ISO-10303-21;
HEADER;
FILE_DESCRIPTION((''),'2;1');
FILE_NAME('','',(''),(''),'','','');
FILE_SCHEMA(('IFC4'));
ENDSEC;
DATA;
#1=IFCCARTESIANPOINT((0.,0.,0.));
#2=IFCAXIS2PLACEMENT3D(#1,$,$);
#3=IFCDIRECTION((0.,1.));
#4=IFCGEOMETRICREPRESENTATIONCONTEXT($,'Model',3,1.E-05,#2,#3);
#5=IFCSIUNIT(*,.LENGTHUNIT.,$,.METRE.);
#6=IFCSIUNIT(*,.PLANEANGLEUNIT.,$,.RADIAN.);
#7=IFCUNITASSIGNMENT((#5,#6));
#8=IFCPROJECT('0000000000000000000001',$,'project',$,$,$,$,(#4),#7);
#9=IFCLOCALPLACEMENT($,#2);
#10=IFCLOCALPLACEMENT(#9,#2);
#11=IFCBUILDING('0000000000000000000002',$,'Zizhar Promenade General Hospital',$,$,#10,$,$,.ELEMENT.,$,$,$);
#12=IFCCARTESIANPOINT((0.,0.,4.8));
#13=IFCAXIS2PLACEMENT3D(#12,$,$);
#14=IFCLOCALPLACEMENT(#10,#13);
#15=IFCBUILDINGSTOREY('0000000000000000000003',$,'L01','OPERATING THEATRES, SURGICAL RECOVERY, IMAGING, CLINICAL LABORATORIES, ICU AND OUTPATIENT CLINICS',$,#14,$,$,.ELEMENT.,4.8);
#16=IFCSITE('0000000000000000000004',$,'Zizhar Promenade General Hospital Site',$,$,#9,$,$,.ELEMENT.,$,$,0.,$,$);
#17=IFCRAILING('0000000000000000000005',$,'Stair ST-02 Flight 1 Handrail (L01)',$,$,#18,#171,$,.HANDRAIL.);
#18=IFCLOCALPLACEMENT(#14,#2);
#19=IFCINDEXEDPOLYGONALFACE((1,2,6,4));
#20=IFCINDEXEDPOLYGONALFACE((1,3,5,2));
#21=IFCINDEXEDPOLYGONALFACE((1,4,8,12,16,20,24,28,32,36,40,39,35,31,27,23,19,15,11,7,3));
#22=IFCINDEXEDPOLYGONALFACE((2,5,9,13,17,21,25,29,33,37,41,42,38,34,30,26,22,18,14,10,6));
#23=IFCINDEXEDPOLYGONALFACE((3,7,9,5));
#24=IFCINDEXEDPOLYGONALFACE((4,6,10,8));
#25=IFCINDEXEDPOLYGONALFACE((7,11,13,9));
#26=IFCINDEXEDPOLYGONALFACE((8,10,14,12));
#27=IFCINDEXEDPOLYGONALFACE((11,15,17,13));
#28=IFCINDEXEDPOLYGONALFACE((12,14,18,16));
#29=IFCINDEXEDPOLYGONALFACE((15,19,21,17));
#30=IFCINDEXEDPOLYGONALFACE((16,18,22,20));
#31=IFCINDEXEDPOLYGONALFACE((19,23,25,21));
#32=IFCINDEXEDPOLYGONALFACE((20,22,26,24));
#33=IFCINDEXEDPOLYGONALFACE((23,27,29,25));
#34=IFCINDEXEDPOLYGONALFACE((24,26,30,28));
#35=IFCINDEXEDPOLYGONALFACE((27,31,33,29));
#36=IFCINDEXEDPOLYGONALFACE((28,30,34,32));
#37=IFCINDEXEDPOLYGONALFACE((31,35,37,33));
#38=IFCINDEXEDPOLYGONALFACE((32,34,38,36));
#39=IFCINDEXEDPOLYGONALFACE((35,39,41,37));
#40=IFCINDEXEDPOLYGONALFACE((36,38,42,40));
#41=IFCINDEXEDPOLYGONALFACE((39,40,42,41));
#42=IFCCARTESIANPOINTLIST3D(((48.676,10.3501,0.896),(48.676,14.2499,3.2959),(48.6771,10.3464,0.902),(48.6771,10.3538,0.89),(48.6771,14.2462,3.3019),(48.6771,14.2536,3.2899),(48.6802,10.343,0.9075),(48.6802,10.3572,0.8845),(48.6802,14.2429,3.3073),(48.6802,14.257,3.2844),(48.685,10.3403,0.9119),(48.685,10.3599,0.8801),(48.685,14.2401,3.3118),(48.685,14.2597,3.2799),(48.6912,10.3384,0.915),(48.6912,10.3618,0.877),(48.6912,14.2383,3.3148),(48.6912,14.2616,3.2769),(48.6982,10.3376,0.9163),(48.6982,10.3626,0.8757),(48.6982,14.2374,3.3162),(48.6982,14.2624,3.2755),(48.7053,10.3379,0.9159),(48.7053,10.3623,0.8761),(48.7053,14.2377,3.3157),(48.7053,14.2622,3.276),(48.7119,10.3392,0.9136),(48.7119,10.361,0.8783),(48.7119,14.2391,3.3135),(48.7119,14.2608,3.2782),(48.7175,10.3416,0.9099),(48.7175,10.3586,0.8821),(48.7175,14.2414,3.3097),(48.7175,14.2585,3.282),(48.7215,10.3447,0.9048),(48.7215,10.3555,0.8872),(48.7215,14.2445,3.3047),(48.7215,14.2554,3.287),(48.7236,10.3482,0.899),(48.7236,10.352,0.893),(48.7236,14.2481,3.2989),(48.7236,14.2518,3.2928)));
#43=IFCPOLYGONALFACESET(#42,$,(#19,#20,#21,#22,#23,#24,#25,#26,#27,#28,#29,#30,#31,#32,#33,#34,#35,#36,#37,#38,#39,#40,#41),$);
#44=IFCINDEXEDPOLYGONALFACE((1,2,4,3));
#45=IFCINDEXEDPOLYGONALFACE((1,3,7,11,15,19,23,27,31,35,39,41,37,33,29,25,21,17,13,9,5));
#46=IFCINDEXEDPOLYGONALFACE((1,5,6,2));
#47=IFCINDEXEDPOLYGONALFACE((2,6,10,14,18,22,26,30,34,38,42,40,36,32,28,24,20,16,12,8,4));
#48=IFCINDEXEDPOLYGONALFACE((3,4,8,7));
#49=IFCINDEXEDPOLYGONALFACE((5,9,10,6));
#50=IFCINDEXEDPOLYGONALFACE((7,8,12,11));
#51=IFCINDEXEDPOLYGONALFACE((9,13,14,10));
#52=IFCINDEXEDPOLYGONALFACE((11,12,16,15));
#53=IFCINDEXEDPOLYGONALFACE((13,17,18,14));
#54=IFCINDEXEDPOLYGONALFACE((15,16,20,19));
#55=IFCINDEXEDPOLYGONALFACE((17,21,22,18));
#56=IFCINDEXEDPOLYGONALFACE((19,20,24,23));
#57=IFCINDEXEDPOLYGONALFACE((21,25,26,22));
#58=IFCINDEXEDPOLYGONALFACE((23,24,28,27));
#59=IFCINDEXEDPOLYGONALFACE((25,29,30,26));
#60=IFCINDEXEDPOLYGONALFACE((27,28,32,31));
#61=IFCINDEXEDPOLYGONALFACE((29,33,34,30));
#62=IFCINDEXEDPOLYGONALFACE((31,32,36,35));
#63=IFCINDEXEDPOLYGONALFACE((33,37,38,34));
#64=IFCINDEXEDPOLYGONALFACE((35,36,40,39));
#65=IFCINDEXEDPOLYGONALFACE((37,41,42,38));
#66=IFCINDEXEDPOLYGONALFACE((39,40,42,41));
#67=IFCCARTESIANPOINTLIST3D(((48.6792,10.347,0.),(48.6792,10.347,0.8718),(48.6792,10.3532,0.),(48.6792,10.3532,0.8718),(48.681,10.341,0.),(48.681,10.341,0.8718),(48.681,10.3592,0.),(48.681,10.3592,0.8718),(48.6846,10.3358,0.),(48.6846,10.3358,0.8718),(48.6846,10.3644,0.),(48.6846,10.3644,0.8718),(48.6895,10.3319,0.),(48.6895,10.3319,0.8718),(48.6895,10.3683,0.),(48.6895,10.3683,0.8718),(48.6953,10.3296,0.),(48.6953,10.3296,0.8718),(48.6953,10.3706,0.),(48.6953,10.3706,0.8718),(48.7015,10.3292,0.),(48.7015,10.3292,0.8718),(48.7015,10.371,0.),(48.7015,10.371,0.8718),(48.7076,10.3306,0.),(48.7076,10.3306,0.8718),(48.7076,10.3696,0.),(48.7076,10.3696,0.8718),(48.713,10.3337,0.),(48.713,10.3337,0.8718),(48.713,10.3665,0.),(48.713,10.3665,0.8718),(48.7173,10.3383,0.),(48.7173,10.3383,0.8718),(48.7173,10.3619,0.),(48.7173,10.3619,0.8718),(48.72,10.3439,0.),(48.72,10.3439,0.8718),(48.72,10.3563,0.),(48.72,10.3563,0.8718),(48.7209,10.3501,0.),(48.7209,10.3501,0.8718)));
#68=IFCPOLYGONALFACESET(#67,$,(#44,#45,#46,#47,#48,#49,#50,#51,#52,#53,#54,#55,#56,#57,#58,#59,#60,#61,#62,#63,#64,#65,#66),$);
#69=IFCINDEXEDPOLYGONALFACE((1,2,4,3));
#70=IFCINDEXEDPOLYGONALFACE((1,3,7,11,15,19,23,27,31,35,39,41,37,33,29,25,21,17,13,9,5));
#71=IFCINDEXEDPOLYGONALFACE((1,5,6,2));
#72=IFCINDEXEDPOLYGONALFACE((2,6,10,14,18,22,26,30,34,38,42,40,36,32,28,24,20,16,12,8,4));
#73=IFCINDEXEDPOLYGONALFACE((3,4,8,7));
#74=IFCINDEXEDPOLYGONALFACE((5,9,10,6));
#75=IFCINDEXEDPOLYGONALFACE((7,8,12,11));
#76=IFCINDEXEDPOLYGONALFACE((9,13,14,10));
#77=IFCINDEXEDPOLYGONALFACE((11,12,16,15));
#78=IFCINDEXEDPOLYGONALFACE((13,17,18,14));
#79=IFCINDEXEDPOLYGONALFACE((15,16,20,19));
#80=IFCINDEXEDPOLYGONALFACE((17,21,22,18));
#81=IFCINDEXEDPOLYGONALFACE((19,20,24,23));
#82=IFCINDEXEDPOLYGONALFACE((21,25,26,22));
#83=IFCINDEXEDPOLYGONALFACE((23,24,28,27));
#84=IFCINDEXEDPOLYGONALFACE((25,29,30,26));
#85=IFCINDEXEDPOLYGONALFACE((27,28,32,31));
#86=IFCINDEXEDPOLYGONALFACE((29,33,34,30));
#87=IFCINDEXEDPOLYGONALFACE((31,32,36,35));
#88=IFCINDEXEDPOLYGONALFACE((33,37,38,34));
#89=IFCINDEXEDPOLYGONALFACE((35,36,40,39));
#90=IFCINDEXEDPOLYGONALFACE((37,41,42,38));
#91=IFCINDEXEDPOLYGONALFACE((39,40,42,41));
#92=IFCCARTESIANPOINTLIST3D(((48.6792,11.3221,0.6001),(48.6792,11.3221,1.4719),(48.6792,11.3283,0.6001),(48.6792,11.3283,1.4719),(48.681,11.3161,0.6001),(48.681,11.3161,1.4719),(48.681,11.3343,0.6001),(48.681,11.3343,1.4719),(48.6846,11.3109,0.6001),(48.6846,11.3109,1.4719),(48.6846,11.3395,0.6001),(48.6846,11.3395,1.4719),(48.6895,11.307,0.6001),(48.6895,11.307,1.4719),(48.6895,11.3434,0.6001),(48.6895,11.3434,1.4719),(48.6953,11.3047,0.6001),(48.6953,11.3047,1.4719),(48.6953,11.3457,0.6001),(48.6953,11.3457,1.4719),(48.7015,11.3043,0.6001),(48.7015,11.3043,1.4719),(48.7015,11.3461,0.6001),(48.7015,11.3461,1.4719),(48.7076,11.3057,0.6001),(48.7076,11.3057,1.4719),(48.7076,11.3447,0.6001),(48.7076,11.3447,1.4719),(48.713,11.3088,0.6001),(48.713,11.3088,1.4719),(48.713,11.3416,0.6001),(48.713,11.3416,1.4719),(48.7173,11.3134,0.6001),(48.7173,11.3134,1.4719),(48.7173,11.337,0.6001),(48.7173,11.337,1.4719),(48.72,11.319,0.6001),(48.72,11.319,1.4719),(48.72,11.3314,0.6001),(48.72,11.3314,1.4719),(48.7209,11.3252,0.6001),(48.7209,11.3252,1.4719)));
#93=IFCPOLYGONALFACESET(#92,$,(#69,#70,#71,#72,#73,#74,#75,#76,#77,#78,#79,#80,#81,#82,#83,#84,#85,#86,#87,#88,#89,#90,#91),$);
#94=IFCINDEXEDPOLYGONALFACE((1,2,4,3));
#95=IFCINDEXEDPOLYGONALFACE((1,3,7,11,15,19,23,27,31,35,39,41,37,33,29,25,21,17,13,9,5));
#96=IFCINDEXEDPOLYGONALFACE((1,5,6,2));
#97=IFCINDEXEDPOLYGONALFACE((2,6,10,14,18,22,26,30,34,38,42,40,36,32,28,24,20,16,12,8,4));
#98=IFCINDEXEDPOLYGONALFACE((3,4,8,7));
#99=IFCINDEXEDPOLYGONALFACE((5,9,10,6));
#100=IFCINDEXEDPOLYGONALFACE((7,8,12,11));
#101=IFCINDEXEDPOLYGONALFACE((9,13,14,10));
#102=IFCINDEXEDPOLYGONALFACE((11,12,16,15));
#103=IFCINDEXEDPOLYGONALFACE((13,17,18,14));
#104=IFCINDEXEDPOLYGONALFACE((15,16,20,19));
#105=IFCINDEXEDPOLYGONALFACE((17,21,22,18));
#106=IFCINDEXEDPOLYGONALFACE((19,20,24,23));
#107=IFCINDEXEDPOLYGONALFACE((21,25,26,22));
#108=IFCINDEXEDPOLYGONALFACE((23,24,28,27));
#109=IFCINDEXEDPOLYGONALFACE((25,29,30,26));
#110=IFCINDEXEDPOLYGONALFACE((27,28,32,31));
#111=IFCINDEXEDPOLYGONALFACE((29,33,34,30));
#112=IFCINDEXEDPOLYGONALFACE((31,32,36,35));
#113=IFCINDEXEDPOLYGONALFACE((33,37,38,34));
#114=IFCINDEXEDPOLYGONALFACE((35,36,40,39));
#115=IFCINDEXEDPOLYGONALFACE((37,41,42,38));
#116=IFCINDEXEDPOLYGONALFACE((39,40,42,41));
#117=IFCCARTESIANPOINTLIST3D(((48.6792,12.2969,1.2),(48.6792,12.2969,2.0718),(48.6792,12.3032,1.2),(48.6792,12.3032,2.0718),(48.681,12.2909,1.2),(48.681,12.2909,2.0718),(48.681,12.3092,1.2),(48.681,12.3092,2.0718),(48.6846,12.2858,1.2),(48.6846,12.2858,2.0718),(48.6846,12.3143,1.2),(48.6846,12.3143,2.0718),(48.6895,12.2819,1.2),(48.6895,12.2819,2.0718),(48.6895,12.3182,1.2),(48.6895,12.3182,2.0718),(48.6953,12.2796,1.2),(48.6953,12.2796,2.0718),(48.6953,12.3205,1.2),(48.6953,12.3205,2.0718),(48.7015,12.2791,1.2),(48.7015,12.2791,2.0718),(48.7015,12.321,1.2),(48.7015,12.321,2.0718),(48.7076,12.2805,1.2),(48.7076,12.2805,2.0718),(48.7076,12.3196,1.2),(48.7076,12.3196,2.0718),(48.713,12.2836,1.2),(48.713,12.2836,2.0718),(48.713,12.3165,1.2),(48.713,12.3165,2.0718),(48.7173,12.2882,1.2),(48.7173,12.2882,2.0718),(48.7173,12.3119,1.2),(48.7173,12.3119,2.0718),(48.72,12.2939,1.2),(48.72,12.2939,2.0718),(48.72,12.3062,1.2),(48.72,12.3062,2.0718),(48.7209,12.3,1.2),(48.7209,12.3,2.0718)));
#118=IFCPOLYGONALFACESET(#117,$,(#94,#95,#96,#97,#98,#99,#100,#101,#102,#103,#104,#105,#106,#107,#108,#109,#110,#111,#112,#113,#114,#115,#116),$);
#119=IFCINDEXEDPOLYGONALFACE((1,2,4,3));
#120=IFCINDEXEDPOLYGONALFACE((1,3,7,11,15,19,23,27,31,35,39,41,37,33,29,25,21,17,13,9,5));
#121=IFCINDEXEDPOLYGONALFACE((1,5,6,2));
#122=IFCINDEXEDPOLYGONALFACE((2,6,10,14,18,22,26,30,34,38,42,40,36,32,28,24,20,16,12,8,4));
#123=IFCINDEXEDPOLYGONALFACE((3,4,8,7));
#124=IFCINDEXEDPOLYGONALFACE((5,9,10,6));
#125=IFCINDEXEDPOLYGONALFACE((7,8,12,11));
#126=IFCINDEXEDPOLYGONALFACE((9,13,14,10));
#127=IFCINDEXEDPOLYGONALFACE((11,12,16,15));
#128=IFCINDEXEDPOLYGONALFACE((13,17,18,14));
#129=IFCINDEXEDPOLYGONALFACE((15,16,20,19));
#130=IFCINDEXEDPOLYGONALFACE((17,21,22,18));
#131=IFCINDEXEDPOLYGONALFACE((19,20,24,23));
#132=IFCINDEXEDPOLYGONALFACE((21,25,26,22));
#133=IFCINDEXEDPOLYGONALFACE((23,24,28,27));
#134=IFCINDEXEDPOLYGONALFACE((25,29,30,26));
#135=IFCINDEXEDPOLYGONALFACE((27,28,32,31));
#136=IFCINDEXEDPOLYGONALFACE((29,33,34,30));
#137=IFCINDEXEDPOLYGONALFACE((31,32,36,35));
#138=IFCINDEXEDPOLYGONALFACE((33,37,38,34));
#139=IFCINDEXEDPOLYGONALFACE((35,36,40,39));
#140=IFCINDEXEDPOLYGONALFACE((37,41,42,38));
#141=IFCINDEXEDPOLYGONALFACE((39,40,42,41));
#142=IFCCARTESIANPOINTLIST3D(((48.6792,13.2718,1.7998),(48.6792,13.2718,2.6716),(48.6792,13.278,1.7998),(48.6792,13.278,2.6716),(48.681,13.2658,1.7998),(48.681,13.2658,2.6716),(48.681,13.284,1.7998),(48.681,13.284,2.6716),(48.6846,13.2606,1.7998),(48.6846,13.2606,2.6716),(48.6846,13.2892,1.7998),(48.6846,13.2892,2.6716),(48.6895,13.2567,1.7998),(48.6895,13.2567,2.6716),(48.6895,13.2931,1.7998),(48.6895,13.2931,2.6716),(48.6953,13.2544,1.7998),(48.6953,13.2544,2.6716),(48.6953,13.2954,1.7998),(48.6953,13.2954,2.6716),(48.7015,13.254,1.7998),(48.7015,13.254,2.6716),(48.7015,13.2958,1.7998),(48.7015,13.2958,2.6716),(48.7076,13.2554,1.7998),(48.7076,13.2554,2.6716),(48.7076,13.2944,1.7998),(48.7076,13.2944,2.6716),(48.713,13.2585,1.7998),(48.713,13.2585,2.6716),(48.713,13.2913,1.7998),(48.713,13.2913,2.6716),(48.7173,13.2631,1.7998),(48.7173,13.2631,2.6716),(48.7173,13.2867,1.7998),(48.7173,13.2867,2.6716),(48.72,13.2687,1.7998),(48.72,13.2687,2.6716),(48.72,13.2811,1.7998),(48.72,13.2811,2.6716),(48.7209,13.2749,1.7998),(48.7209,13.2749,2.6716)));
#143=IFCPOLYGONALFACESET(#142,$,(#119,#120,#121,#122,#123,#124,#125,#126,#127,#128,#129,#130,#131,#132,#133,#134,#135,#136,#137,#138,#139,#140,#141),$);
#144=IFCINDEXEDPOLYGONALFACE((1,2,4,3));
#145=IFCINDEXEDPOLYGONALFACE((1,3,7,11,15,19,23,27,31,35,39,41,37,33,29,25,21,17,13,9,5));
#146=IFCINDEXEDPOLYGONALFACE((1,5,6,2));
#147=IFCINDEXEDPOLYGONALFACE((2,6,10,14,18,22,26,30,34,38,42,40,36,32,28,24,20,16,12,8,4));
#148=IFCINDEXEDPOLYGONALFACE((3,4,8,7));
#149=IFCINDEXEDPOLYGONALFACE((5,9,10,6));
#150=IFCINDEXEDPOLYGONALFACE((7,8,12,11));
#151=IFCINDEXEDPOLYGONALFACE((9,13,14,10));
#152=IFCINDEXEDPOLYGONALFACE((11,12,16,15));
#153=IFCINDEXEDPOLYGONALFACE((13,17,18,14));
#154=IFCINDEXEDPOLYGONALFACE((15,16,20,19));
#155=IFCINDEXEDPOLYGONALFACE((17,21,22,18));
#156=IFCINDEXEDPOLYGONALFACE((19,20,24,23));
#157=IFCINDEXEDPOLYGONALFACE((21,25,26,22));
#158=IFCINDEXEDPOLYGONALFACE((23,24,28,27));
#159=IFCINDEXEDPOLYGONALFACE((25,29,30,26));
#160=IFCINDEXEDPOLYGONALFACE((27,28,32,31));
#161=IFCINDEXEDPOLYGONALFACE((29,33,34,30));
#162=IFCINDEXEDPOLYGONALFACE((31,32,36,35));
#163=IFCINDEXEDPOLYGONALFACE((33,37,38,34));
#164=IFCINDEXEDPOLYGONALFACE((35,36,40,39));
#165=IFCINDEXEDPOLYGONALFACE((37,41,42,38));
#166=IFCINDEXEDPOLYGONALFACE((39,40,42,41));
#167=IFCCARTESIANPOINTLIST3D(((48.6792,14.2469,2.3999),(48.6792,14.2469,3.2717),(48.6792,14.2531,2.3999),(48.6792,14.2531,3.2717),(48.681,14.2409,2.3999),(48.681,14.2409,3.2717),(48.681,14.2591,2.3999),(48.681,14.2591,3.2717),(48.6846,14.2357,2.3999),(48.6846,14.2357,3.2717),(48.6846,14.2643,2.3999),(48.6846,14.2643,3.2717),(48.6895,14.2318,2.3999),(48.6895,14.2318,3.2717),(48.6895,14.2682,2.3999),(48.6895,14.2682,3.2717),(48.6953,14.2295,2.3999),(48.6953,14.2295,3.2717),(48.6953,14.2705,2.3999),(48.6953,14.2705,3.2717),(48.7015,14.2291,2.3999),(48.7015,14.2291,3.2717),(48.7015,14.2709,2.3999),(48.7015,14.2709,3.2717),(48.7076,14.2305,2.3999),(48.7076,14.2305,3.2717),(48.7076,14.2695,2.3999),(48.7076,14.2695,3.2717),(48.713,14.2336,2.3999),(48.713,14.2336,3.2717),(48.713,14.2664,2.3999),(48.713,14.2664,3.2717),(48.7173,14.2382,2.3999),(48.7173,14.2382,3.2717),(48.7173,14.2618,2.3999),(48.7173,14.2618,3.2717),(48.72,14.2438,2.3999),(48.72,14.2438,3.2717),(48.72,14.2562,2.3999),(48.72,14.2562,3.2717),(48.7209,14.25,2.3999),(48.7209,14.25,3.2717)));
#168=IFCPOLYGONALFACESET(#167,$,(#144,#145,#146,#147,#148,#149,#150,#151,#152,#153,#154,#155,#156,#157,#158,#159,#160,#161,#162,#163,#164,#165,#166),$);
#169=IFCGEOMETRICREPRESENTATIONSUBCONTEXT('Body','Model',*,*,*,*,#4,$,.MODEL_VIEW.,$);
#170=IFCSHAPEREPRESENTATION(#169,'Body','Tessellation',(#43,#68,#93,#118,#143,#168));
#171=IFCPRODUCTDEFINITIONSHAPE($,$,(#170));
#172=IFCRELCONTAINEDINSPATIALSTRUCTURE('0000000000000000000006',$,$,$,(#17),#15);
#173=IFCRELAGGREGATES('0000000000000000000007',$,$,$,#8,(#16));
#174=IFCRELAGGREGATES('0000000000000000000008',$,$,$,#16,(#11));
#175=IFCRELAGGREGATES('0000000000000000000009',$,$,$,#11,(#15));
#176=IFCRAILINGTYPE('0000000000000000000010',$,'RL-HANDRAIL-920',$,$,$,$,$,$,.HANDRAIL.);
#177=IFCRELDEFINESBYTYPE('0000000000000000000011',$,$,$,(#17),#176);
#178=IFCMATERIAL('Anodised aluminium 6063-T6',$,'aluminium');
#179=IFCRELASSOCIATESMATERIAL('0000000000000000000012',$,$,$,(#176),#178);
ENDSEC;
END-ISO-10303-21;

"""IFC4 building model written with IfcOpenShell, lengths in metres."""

from ifc_helpers import new_model, si_unit, direction, frame, origin, origin_2d, place, context, subcontext, project, spatial, circle, hollow_circle, extrude, material, material_profile, profile_set, type_object, element, save


model = new_model("IFC4")

# Units and contexts
model_context = context("Model", 3, precision=1e-05, world=origin(), true_north=direction((0.0, 1.0)))
body_context = subcontext(model_context, "Body", "Model", "MODEL_VIEW")
ifc_project = project(units=[si_unit("LENGTHUNIT", "METRE"), si_unit("PLANEANGLEUNIT", "RADIAN")], contexts=[model_context])

# Site, building, storey
site_placement = place(None, origin())
site = spatial("IfcSite", under=ifc_project, at=site_placement, Name="Zizhar Promenade General Hospital Site", CompositionType="ELEMENT", RefElevation=0.0)
building_placement = place(site_placement, origin())
building = spatial("IfcBuilding", under=site, at=building_placement, Name="Zizhar Promenade General Hospital", CompositionType="ELEMENT")
storey_placement = place(building_placement, frame((0.0, 0.0, 4.8)))
storey = spatial("IfcBuildingStorey", under=building, at=storey_placement, Name="L01", Description="OPERATING THEATRES, SURGICAL RECOVERY, IMAGING, CLINICAL LABORATORIES, ICU AND OUTPATIENT CLINICS", CompositionType="ELEMENT", Elevation=4.8)

# Railing
ifc_material_1 = material(Name="Anodised aluminium 6063-T6", Category="aluminium")
ifc_material_profile_1 = material_profile(ifc_material_1, hollow_circle(Radius=0.0698, WallThickness=0.0063, at=origin_2d()))
ifc_profile_set_1 = profile_set([ifc_material_profile_1], Name="Anodised aluminium 6063-T6")
railing_type_1 = type_object("IfcRailingType", Name="RL-HANDRAIL-920", PredefinedType="HANDRAIL", material=ifc_profile_set_1)
railing_1_placement = place(storey_placement, frame((48.7, 10.3501, 0.0)))
element("IfcRailing", 1, at=railing_1_placement, inside=storey, type_object=railing_type_1, Name="Stair ST-02 Flight 1 Handrail (L01)", PredefinedType="HANDRAIL", context=body_context, shape_type="SweptSolid", body=[
    extrude(circle(Radius=0.0239, at=origin_2d()), frame((0.0, 0.0, 0.896), z_axis=(0.0, 0.851662, 0.524091), x_axis=(-1.0, 0.0, 0.0)), (0.0, 0.0, 1.0), 4.5791),
    extrude(circle(Radius=0.021, at=origin_2d()), origin(), (0.0, 0.0, 1.0), 0.8718),
    extrude(circle(Radius=0.021, at=origin_2d()), frame((0.0, 0.9751, 0.6001)), (0.0, 0.0, 1.0), 0.8718),
    extrude(circle(Radius=0.021, at=origin_2d()), frame((0.0, 1.95, 1.2)), (0.0, 0.0, 1.0), 0.8718),
    extrude(circle(Radius=0.021, at=origin_2d()), frame((0.0, 2.9248, 1.7998)), (0.0, 0.0, 1.0), 0.8718),
    extrude(circle(Radius=0.021, at=origin_2d()), frame((0.0, 3.8999, 2.3999)), (0.0, 0.0, 1.0), 0.8718),
])

save(model, "model.ifc")
